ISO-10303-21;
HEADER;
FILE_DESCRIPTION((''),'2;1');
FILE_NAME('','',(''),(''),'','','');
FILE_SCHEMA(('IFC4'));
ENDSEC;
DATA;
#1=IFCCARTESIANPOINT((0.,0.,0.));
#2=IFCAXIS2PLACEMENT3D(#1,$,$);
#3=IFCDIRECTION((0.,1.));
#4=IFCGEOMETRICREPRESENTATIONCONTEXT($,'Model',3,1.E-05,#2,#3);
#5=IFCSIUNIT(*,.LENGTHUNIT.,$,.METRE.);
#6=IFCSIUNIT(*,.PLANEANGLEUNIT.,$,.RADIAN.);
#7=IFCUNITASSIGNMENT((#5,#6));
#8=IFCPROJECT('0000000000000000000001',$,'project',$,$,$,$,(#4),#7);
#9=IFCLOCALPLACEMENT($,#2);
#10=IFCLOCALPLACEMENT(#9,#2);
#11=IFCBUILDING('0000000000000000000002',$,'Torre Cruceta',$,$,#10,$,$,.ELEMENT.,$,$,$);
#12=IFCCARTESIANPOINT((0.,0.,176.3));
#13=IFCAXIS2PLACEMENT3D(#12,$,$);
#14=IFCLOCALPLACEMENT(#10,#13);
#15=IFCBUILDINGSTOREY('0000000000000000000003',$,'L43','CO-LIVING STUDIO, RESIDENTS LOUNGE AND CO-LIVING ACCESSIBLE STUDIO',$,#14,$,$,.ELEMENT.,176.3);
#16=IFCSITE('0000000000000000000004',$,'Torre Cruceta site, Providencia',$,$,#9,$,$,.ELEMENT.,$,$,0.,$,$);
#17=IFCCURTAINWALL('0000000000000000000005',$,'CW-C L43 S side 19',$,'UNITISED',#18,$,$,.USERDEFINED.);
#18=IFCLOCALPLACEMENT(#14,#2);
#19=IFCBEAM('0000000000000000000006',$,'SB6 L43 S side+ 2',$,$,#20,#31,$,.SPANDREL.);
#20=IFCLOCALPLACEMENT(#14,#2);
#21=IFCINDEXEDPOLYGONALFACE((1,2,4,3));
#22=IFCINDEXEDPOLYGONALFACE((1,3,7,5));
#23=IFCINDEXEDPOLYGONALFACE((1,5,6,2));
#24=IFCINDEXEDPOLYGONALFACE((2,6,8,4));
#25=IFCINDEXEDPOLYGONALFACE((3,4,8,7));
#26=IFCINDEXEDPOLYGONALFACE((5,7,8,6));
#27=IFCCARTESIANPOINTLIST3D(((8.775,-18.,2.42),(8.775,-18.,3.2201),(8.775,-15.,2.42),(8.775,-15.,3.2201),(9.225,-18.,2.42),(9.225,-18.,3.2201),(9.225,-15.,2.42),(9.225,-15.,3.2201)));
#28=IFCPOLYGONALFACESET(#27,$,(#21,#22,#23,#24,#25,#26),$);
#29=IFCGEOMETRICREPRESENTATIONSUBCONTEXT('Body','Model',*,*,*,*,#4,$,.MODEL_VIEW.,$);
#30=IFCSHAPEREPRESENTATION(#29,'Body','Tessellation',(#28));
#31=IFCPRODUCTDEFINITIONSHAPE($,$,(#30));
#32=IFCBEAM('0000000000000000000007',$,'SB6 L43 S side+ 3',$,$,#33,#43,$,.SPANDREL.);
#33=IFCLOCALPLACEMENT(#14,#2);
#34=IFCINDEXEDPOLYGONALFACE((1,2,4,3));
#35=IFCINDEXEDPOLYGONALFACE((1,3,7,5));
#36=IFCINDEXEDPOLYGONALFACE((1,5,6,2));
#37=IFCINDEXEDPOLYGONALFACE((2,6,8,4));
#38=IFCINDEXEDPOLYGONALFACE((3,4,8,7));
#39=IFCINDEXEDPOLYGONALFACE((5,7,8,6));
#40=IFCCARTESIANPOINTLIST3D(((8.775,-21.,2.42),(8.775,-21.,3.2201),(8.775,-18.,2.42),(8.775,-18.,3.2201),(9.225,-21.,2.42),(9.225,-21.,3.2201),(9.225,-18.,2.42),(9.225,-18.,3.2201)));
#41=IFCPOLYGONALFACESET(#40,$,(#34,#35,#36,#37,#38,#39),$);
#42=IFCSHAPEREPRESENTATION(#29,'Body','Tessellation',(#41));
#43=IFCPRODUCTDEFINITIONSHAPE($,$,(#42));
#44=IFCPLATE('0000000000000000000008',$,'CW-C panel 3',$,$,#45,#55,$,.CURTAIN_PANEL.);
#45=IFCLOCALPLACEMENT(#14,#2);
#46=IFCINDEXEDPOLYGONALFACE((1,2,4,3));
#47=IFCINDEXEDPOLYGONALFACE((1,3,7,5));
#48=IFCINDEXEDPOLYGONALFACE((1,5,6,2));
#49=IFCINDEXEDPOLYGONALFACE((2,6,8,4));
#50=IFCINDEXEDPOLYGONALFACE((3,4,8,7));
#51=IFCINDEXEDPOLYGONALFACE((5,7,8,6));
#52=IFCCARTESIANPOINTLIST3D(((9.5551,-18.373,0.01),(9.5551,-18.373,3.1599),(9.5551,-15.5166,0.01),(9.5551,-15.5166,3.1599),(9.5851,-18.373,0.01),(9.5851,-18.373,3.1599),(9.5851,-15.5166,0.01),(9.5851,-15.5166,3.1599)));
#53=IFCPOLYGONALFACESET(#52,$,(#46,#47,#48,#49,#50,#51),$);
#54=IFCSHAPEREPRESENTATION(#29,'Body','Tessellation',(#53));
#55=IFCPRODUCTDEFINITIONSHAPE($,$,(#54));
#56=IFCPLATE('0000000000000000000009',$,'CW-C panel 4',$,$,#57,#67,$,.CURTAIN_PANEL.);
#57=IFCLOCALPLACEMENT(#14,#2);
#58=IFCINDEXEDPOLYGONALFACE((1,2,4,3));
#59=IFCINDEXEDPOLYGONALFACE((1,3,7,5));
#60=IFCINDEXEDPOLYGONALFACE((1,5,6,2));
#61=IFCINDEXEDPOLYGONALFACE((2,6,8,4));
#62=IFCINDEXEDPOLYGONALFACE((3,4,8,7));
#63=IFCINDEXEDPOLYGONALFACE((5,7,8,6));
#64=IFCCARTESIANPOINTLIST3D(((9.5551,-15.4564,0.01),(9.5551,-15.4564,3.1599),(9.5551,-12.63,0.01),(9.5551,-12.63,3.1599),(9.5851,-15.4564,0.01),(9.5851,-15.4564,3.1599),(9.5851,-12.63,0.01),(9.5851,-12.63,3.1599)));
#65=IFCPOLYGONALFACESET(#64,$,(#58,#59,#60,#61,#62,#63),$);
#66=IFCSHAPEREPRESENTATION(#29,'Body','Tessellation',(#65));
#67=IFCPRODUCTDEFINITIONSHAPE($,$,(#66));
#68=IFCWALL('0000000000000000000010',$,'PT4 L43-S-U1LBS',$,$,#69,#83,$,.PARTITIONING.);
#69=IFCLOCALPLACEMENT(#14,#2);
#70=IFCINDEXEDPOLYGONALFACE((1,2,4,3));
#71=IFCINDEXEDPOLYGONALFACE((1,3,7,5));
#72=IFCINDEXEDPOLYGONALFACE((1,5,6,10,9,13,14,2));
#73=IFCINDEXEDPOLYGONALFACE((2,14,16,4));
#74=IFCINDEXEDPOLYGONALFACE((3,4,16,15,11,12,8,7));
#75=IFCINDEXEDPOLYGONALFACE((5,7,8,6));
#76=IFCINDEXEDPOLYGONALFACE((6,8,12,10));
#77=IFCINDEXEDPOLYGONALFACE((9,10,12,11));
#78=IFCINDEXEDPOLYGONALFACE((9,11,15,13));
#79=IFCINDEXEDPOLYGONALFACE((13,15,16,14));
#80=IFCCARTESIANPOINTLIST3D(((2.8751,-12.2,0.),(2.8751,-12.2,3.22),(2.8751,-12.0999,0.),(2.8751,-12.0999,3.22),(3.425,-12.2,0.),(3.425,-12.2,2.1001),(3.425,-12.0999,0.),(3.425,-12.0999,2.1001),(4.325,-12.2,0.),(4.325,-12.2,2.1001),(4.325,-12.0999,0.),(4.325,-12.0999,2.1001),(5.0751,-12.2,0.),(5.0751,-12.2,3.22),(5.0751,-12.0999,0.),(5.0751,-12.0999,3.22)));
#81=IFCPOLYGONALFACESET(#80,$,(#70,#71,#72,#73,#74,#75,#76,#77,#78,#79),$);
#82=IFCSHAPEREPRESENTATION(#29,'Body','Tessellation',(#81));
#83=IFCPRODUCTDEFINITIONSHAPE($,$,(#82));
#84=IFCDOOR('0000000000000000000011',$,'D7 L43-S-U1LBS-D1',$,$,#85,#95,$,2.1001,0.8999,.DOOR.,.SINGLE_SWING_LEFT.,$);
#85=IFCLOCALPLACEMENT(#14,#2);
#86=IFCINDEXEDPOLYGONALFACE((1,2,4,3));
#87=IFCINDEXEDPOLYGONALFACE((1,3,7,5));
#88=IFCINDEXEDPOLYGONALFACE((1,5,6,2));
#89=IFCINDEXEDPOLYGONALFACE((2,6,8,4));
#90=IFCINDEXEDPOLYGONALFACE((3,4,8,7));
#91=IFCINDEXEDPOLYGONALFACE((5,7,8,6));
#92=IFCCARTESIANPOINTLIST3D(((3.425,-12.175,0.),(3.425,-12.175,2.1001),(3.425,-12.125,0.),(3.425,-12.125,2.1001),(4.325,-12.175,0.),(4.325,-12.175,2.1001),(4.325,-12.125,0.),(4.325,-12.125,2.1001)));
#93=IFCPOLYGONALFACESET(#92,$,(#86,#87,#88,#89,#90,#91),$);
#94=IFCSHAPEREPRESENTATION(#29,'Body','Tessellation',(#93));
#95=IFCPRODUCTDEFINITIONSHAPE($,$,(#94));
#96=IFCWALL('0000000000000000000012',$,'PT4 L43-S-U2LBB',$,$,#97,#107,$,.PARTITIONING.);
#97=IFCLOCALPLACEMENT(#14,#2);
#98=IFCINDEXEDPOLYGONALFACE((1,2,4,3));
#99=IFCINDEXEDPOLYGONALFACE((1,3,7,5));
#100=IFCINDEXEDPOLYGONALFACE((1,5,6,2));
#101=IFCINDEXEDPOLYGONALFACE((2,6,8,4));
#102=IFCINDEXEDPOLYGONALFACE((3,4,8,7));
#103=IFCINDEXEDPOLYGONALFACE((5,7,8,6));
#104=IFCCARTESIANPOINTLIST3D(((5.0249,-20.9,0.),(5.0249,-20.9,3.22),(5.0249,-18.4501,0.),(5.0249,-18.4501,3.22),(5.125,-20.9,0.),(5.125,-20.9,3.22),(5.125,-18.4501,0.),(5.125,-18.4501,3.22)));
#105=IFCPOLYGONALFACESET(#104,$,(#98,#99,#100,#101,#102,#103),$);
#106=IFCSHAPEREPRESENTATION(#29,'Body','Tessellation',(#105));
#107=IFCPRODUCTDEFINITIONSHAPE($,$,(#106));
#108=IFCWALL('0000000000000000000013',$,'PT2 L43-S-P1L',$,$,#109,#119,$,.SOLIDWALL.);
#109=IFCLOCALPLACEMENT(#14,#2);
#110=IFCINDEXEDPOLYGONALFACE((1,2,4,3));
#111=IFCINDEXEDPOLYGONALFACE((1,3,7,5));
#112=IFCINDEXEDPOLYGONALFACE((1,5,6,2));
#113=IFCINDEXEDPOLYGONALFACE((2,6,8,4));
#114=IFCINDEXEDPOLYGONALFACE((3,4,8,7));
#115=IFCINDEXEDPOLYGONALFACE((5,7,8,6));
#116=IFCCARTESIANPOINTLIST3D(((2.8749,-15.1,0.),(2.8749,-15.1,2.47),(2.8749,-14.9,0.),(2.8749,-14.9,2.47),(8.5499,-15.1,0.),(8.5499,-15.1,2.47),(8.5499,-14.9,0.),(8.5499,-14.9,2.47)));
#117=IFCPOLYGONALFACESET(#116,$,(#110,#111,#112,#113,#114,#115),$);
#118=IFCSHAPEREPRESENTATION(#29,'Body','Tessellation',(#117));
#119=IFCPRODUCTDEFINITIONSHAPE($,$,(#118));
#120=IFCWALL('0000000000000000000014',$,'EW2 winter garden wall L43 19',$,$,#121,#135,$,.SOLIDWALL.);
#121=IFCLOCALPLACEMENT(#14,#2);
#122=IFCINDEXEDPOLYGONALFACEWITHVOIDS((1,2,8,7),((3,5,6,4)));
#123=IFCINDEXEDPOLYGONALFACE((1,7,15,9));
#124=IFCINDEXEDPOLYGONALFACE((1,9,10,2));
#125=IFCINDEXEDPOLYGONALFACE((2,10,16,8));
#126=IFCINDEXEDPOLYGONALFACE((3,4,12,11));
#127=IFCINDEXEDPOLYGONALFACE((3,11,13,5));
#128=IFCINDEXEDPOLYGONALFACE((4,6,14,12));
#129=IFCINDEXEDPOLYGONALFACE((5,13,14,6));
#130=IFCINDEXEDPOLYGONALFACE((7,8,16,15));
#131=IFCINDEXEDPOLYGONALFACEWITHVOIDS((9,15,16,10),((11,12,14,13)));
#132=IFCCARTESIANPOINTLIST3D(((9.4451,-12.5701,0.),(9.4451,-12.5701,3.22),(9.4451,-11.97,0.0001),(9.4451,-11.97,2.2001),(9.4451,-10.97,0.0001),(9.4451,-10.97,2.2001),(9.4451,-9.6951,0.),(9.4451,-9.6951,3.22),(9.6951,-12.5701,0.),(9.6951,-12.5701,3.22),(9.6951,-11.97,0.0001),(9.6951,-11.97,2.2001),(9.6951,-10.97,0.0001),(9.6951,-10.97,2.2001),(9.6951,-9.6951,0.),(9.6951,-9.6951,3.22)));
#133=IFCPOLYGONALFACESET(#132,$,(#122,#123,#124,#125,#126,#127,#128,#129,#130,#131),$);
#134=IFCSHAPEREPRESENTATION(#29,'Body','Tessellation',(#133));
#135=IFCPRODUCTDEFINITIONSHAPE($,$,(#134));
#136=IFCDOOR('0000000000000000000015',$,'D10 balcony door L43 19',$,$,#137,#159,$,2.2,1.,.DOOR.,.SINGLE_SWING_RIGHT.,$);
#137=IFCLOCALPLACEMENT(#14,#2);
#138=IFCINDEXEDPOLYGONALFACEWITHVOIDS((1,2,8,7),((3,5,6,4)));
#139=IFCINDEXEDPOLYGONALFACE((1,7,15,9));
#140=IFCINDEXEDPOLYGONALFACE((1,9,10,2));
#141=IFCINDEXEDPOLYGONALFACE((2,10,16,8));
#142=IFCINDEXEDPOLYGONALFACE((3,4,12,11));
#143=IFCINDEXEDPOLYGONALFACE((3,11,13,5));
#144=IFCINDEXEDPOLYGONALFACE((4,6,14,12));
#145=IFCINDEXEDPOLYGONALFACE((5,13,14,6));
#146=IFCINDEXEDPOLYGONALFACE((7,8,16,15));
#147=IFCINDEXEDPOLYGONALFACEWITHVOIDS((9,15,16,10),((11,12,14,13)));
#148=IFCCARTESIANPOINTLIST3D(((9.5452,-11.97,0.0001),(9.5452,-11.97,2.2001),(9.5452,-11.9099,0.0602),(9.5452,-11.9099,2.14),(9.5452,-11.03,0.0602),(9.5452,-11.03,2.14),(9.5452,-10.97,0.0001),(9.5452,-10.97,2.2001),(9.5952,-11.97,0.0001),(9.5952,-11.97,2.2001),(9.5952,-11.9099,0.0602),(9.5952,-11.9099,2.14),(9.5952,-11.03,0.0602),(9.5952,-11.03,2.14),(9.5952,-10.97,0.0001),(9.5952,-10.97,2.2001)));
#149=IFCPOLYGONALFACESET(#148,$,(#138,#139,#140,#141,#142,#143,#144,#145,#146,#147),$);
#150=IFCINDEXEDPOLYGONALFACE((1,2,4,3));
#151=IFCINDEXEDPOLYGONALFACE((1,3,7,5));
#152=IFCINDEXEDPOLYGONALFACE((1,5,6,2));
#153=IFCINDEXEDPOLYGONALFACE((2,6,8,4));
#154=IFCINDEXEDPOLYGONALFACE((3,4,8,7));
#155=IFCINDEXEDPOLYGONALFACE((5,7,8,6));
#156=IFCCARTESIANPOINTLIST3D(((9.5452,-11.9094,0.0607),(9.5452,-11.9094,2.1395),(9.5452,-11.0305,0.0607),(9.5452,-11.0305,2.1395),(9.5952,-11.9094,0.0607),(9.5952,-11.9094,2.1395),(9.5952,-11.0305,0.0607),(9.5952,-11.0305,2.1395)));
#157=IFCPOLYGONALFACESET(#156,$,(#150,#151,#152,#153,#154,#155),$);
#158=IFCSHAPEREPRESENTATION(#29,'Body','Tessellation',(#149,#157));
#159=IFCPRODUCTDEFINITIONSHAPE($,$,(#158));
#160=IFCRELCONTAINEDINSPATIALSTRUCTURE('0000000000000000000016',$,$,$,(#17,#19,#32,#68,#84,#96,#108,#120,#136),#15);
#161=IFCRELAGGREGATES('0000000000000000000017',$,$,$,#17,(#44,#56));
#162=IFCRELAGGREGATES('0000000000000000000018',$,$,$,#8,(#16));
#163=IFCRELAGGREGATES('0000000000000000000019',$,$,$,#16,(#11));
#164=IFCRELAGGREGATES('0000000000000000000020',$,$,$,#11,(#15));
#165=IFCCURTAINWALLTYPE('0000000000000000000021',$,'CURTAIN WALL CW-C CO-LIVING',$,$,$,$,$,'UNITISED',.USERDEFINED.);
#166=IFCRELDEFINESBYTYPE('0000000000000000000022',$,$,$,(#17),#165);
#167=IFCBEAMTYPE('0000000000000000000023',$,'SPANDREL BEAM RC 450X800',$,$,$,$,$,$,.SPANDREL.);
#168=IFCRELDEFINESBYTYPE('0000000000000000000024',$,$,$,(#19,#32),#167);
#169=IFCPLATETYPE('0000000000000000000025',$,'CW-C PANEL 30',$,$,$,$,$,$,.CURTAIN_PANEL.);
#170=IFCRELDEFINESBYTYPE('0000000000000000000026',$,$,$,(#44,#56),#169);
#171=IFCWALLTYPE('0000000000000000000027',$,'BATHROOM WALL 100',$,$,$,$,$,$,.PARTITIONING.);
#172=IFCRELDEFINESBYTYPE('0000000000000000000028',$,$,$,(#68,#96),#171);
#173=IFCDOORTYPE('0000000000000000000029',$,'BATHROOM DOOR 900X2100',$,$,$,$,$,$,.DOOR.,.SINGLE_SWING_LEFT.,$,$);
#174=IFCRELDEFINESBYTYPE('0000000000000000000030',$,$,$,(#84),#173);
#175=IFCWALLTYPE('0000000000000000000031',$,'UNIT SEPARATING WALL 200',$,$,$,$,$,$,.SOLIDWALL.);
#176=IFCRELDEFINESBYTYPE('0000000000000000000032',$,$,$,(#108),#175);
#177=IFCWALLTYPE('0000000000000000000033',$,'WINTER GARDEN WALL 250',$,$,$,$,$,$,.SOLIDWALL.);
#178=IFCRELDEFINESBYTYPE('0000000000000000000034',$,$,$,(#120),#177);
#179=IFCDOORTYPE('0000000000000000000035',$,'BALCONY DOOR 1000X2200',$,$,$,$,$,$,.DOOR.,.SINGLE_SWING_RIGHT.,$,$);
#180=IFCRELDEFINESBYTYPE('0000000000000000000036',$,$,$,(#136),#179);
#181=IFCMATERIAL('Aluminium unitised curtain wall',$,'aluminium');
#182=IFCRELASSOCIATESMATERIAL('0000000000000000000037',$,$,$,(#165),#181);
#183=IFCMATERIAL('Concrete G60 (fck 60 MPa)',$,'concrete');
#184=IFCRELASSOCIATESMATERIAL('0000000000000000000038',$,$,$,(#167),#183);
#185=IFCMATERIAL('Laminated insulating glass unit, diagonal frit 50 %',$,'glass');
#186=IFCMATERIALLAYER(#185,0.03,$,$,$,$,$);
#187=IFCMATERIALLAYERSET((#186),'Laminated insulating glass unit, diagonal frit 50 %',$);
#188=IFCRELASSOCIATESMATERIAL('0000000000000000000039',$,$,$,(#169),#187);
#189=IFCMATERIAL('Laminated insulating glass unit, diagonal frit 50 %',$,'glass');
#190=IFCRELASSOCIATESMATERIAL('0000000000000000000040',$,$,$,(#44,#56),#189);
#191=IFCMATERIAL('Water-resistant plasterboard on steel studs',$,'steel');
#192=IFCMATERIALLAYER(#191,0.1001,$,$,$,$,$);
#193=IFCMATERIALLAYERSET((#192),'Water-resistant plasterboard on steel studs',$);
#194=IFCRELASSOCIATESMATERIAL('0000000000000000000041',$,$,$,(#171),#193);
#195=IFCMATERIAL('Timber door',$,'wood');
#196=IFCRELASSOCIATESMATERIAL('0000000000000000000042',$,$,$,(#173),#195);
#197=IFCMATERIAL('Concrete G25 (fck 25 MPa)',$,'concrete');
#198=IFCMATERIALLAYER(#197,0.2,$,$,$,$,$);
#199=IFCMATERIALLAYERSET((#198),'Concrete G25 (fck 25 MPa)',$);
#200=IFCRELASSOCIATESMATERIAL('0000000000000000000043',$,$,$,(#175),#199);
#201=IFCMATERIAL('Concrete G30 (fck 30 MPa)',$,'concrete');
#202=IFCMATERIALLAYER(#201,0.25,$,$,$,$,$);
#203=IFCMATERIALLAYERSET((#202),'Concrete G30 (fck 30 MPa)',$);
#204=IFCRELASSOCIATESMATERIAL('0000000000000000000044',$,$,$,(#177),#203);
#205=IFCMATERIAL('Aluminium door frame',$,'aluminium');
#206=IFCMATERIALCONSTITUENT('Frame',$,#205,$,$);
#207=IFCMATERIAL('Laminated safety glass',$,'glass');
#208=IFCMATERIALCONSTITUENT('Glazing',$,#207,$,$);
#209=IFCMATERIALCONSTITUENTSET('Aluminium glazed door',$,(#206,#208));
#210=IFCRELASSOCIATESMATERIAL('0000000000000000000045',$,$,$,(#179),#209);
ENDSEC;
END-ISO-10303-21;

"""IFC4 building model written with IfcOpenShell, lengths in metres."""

from ifc_helpers import new_model, si_unit, direction, frame, frame_2d, origin, origin_2d, place, context, subcontext, project, spatial, rectangle, hollow_rectangle, extrude, material, layer, layer_set, constituent, constituent_set, material_profile, profile_set, type_object, element, fill, aggregate, save


model = new_model("IFC4")

# Units and contexts
model_context = context("Model", 3, precision=1e-05, world=origin(), true_north=direction((0.0, 1.0)))
body_context = subcontext(model_context, "Body", "Model", "MODEL_VIEW")
ifc_project = project(units=[si_unit("LENGTHUNIT", "METRE"), si_unit("PLANEANGLEUNIT", "RADIAN")], contexts=[model_context])

# Site, building, storey
site_placement = place(None, origin())
site = spatial("IfcSite", under=ifc_project, at=site_placement, Name="Torre Cruceta site, Providencia", CompositionType="ELEMENT", RefElevation=0.0)
building_placement = place(site_placement, origin())
building = spatial("IfcBuilding", under=site, at=building_placement, Name="Torre Cruceta", CompositionType="ELEMENT")
storey_placement = place(building_placement, frame((0.0, 0.0, 176.3)))
storey = spatial("IfcBuildingStorey", under=building, at=storey_placement, Name="L43", Description="CO-LIVING STUDIO, RESIDENTS LOUNGE AND CO-LIVING ACCESSIBLE STUDIO", CompositionType="ELEMENT", Elevation=176.3)

# Curtain wall
ifc_material_1 = material(Name="Aluminium unitised curtain wall", Category="aluminium")
curtain_wall_type = type_object("IfcCurtainWallType", Name="CURTAIN WALL CW-C CO-LIVING", ElementType="UNITISED", PredefinedType="USERDEFINED", material=ifc_material_1)
curtain_wall_placement = place(storey_placement, origin())
curtain_wall = element("IfcCurtainWall", 1, at=curtain_wall_placement, inside=storey, type_object=curtain_wall_type, Name="CW-C L43 S side 19", ObjectType="UNITISED", PredefinedType="USERDEFINED")

# Beams
ifc_material_2 = material(Name="Concrete G60 (fck 60 MPa)", Category="concrete")
ifc_material_profile_1 = material_profile(ifc_material_2, rectangle(XDim=0.45, YDim=0.8, at=origin_2d()), Name="RC 450X800")
ifc_profile_set_1 = profile_set([ifc_material_profile_1], Name="Concrete G60 (fck 60 MPa)")
beam_type_1 = type_object("IfcBeamType", Name="SPANDREL BEAM RC 450X800", PredefinedType="SPANDREL", material=ifc_profile_set_1)
for number, where, z_axis, x_axis, name in (
    (2, (9.0, -15.0, 2.8201), (0.0, -1.0, 0.0), (1.0, 0.0, 0.0), "SB6 L43 S side+ 2"),
    (3, (9.0, -18.0, 2.8201), (0.0, -1.0, 0.0), (1.0, 0.0, 0.0), "SB6 L43 S side+ 3"),
):
    element("IfcBeam", number, at=place(storey_placement, frame(where, z_axis=z_axis, x_axis=x_axis)), inside=storey, type_object=beam_type_1, Name=name, PredefinedType="SPANDREL", context=body_context, shape_type="SweptSolid", body=[
        extrude(rectangle(XDim=0.45, YDim=0.8, at=origin_2d()), origin(), (0.0, 0.0, 1.0), 3.0),
    ])

# Plates
ifc_material_3 = material(Name="Laminated insulating glass unit, diagonal frit 50 %", Category="glass")
ifc_material_4 = material(Name="Laminated insulating glass unit, diagonal frit 50 %", Category="glass")
ifc_layer_1 = layer(ifc_material_4, 0.03)
ifc_layer_set_1 = layer_set([ifc_layer_1], Name="Laminated insulating glass unit, diagonal frit 50 %")
plate_type = type_object("IfcPlateType", Name="CW-C PANEL 30", PredefinedType="CURTAIN_PANEL", material=ifc_layer_set_1)
plate_1_placement = place(storey_placement, frame((9.5701, -16.9448, 0.01), z_axis=(0.0, 0.0, 1.0), x_axis=(0.0, 1.0, 0.0)))
plate_1 = element("IfcPlate", 4, at=plate_1_placement, type_object=plate_type, material=ifc_material_3, Name="CW-C panel 3", PredefinedType="CURTAIN_PANEL", context=body_context, shape_type="SweptSolid", body=[
    extrude(rectangle(XDim=2.8564, YDim=0.03, at=origin_2d()), origin(), (0.0, 0.0, 1.0), 3.1499),
])
plate_2_placement = place(storey_placement, frame((9.5701, -14.0432, 0.01), z_axis=(0.0, 0.0, 1.0), x_axis=(0.0, 1.0, 0.0)))
plate_2 = element("IfcPlate", 5, at=plate_2_placement, type_object=plate_type, material=ifc_material_3, Name="CW-C panel 4", PredefinedType="CURTAIN_PANEL", context=body_context, shape_type="SweptSolid", body=[
    extrude(rectangle(XDim=2.8264, YDim=0.03, at=origin_2d()), origin(), (0.0, 0.0, 1.0), 3.1499),
])
aggregate(curtain_wall, [plate_1, plate_2])

# Wall, opening, door
ifc_material_5 = material(Name="Water-resistant plasterboard on steel studs", Category="steel")
ifc_layer_2 = layer(ifc_material_5, 0.1001)
ifc_layer_set_2 = layer_set([ifc_layer_2], Name="Water-resistant plasterboard on steel studs")
wall_type_1 = type_object("IfcWallType", Name="BATHROOM WALL 100", PredefinedType="PARTITIONING", material=ifc_layer_set_2)
wall_1_placement = place(storey_placement, frame((2.875, -12.1499, 0.0), z_axis=(0.0, 0.0, 1.0), x_axis=(1.0, 0.0, 0.0)))
wall_1 = element("IfcWall", 6, at=wall_1_placement, inside=storey, type_object=wall_type_1, Name="PT4 L43-S-U1LBS", PredefinedType="PARTITIONING", context=body_context, shape_type="SweptSolid", body=[
    extrude(rectangle(XDim=2.2, YDim=0.1001, at=frame_2d((1.1001, 0.0))), origin(), (0.0, 0.0, 1.0), 3.22),
])
opening_1_placement = place(wall_1_placement, frame((0.55, 0.0, 0.0)))
opening_1 = element("IfcOpeningElement", 7, at=opening_1_placement, cuts=wall_1, PredefinedType="OPENING", context=body_context, shape_type="SweptSolid", body=[
    extrude(rectangle(XDim=0.8999, YDim=2.1001, at=frame_2d((0.45, 1.05))), frame((0.0, 0.0601, 0.0), z_axis=(0.0, -1.0, 0.0), x_axis=(1.0, 0.0, 0.0)), (0.0, 0.0, 1.0), 0.1201),
])
ifc_material_6 = material(Name="Timber door", Category="wood")
door_type_1 = type_object("IfcDoorType", Name="BATHROOM DOOR 900X2100", OperationType="SINGLE_SWING_LEFT", PredefinedType="DOOR", material=ifc_material_6)
door_1_placement = place(opening_1_placement, origin())
door_1 = element("IfcDoor", 8, at=door_1_placement, inside=storey, type_object=door_type_1, Name="D7 L43-S-U1LBS-D1", OperationType="SINGLE_SWING_LEFT", OverallHeight=2.1001, OverallWidth=0.8999, PredefinedType="DOOR", context=body_context, shape_type="SweptSolid", body=[
    extrude(rectangle(XDim=0.8999, YDim=2.1001, at=frame_2d((0.45, 1.05))), frame((0.0, 0.0249, 0.0), z_axis=(0.0, -1.0, 0.0), x_axis=(1.0, 0.0, 0.0)), (0.0, 0.0, 1.0), 0.05),
])
fill(opening_1, door_1)

# Walls
wall_2_placement = place(storey_placement, frame((5.075, -18.45, 0.0), z_axis=(0.0, 0.0, 1.0), x_axis=(0.0, -1.0, 0.0)))
element("IfcWall", 9, at=wall_2_placement, inside=storey, type_object=wall_type_1, Name="PT4 L43-S-U2LBB", PredefinedType="PARTITIONING", context=body_context, shape_type="SweptSolid", body=[
    extrude(rectangle(XDim=2.45, YDim=0.1001, at=frame_2d((1.2251, 0.0))), origin(), (0.0, 0.0, 1.0), 3.22),
])
ifc_material_7 = material(Name="Concrete G25 (fck 25 MPa)", Category="concrete")
ifc_layer_3 = layer(ifc_material_7, 0.2)
ifc_layer_set_3 = layer_set([ifc_layer_3], Name="Concrete G25 (fck 25 MPa)")
wall_type_2 = type_object("IfcWallType", Name="UNIT SEPARATING WALL 200", PredefinedType="SOLIDWALL", material=ifc_layer_set_3)
wall_3_placement = place(storey_placement, frame((2.875, -15.0, 0.0), z_axis=(0.0, 0.0, 1.0), x_axis=(1.0, 0.0, 0.0)))
element("IfcWall", 10, at=wall_3_placement, inside=storey, type_object=wall_type_2, Name="PT2 L43-S-P1L", PredefinedType="SOLIDWALL", context=body_context, shape_type="SweptSolid", body=[
    extrude(rectangle(XDim=5.675, YDim=0.2, at=frame_2d((2.8374, 0.0))), origin(), (0.0, 0.0, 1.0), 2.47),
])

# Wall, opening, door
ifc_material_8 = material(Name="Concrete G30 (fck 30 MPa)", Category="concrete")
ifc_layer_4 = layer(ifc_material_8, 0.25)
ifc_layer_set_4 = layer_set([ifc_layer_4], Name="Concrete G30 (fck 30 MPa)")
wall_type_3 = type_object("IfcWallType", Name="WINTER GARDEN WALL 250", PredefinedType="SOLIDWALL", material=ifc_layer_set_4)
wall_4_placement = place(storey_placement, frame((9.5701, -12.5701, 0.0), z_axis=(0.0, 0.0, 1.0), x_axis=(0.0, 1.0, 0.0)))
wall_4 = element("IfcWall", 11, at=wall_4_placement, inside=storey, type_object=wall_type_3, Name="EW2 winter garden wall L43 19", PredefinedType="SOLIDWALL", context=body_context, shape_type="SweptSolid", body=[
    extrude(rectangle(XDim=2.875, YDim=0.25, at=frame_2d((1.4375, 0.0))), origin(), (0.0, 0.0, 1.0), 3.22),
])
opening_2_placement = place(wall_4_placement, frame((0.6001, 0.0, 0.0)))
opening_2 = element("IfcOpeningElement", 12, at=opening_2_placement, cuts=wall_4, PredefinedType="OPENING", context=body_context, shape_type="SweptSolid", body=[
    extrude(rectangle(XDim=1.0, YDim=2.2, at=frame_2d((0.5, 1.1001))), frame((0.0, 0.135, 0.0), z_axis=(0.0, -1.0, 0.0), x_axis=(1.0, 0.0, 0.0)), (0.0, 0.0, 1.0), 0.27),
])
ifc_material_9 = material(Name="Aluminium door frame", Category="aluminium")
ifc_constituent_1 = constituent(ifc_material_9, Name="Frame")
ifc_material_10 = material(Name="Laminated safety glass", Category="glass")
ifc_constituent_2 = constituent(ifc_material_10, Name="Glazing")
ifc_constituent_set_1 = constituent_set(constituents=[ifc_constituent_1, ifc_constituent_2], Name="Aluminium glazed door")
door_type_2 = type_object("IfcDoorType", Name="BALCONY DOOR 1000X2200", OperationType="SINGLE_SWING_RIGHT", PredefinedType="DOOR", material=ifc_constituent_set_1)
door_2_placement = place(opening_2_placement, origin())
door_2 = element("IfcDoor", 13, at=door_2_placement, inside=storey, type_object=door_type_2, Name="D10 balcony door L43 19", OperationType="SINGLE_SWING_RIGHT", OverallHeight=2.2, OverallWidth=1.0, PredefinedType="DOOR", context=body_context, shape_type="SweptSolid", body=[
    extrude(hollow_rectangle(XDim=1.0, YDim=2.2, WallThickness=0.0601, at=frame_2d((0.5, 1.1001))), frame((0.0, 0.0249, 0.0), z_axis=(0.0, -1.0, 0.0), x_axis=(1.0, 0.0, 0.0)), (0.0, 0.0, 1.0), 0.05),
    extrude(rectangle(XDim=0.8789, YDim=2.0789, at=frame_2d((0.5, 1.1001))), frame((0.0, 0.0249, 0.0), z_axis=(0.0, -1.0, 0.0), x_axis=(1.0, 0.0, 0.0)), (0.0, 0.0, 1.0), 0.05),
])
fill(opening_2, door_2)

save(model, "model.ifc")
